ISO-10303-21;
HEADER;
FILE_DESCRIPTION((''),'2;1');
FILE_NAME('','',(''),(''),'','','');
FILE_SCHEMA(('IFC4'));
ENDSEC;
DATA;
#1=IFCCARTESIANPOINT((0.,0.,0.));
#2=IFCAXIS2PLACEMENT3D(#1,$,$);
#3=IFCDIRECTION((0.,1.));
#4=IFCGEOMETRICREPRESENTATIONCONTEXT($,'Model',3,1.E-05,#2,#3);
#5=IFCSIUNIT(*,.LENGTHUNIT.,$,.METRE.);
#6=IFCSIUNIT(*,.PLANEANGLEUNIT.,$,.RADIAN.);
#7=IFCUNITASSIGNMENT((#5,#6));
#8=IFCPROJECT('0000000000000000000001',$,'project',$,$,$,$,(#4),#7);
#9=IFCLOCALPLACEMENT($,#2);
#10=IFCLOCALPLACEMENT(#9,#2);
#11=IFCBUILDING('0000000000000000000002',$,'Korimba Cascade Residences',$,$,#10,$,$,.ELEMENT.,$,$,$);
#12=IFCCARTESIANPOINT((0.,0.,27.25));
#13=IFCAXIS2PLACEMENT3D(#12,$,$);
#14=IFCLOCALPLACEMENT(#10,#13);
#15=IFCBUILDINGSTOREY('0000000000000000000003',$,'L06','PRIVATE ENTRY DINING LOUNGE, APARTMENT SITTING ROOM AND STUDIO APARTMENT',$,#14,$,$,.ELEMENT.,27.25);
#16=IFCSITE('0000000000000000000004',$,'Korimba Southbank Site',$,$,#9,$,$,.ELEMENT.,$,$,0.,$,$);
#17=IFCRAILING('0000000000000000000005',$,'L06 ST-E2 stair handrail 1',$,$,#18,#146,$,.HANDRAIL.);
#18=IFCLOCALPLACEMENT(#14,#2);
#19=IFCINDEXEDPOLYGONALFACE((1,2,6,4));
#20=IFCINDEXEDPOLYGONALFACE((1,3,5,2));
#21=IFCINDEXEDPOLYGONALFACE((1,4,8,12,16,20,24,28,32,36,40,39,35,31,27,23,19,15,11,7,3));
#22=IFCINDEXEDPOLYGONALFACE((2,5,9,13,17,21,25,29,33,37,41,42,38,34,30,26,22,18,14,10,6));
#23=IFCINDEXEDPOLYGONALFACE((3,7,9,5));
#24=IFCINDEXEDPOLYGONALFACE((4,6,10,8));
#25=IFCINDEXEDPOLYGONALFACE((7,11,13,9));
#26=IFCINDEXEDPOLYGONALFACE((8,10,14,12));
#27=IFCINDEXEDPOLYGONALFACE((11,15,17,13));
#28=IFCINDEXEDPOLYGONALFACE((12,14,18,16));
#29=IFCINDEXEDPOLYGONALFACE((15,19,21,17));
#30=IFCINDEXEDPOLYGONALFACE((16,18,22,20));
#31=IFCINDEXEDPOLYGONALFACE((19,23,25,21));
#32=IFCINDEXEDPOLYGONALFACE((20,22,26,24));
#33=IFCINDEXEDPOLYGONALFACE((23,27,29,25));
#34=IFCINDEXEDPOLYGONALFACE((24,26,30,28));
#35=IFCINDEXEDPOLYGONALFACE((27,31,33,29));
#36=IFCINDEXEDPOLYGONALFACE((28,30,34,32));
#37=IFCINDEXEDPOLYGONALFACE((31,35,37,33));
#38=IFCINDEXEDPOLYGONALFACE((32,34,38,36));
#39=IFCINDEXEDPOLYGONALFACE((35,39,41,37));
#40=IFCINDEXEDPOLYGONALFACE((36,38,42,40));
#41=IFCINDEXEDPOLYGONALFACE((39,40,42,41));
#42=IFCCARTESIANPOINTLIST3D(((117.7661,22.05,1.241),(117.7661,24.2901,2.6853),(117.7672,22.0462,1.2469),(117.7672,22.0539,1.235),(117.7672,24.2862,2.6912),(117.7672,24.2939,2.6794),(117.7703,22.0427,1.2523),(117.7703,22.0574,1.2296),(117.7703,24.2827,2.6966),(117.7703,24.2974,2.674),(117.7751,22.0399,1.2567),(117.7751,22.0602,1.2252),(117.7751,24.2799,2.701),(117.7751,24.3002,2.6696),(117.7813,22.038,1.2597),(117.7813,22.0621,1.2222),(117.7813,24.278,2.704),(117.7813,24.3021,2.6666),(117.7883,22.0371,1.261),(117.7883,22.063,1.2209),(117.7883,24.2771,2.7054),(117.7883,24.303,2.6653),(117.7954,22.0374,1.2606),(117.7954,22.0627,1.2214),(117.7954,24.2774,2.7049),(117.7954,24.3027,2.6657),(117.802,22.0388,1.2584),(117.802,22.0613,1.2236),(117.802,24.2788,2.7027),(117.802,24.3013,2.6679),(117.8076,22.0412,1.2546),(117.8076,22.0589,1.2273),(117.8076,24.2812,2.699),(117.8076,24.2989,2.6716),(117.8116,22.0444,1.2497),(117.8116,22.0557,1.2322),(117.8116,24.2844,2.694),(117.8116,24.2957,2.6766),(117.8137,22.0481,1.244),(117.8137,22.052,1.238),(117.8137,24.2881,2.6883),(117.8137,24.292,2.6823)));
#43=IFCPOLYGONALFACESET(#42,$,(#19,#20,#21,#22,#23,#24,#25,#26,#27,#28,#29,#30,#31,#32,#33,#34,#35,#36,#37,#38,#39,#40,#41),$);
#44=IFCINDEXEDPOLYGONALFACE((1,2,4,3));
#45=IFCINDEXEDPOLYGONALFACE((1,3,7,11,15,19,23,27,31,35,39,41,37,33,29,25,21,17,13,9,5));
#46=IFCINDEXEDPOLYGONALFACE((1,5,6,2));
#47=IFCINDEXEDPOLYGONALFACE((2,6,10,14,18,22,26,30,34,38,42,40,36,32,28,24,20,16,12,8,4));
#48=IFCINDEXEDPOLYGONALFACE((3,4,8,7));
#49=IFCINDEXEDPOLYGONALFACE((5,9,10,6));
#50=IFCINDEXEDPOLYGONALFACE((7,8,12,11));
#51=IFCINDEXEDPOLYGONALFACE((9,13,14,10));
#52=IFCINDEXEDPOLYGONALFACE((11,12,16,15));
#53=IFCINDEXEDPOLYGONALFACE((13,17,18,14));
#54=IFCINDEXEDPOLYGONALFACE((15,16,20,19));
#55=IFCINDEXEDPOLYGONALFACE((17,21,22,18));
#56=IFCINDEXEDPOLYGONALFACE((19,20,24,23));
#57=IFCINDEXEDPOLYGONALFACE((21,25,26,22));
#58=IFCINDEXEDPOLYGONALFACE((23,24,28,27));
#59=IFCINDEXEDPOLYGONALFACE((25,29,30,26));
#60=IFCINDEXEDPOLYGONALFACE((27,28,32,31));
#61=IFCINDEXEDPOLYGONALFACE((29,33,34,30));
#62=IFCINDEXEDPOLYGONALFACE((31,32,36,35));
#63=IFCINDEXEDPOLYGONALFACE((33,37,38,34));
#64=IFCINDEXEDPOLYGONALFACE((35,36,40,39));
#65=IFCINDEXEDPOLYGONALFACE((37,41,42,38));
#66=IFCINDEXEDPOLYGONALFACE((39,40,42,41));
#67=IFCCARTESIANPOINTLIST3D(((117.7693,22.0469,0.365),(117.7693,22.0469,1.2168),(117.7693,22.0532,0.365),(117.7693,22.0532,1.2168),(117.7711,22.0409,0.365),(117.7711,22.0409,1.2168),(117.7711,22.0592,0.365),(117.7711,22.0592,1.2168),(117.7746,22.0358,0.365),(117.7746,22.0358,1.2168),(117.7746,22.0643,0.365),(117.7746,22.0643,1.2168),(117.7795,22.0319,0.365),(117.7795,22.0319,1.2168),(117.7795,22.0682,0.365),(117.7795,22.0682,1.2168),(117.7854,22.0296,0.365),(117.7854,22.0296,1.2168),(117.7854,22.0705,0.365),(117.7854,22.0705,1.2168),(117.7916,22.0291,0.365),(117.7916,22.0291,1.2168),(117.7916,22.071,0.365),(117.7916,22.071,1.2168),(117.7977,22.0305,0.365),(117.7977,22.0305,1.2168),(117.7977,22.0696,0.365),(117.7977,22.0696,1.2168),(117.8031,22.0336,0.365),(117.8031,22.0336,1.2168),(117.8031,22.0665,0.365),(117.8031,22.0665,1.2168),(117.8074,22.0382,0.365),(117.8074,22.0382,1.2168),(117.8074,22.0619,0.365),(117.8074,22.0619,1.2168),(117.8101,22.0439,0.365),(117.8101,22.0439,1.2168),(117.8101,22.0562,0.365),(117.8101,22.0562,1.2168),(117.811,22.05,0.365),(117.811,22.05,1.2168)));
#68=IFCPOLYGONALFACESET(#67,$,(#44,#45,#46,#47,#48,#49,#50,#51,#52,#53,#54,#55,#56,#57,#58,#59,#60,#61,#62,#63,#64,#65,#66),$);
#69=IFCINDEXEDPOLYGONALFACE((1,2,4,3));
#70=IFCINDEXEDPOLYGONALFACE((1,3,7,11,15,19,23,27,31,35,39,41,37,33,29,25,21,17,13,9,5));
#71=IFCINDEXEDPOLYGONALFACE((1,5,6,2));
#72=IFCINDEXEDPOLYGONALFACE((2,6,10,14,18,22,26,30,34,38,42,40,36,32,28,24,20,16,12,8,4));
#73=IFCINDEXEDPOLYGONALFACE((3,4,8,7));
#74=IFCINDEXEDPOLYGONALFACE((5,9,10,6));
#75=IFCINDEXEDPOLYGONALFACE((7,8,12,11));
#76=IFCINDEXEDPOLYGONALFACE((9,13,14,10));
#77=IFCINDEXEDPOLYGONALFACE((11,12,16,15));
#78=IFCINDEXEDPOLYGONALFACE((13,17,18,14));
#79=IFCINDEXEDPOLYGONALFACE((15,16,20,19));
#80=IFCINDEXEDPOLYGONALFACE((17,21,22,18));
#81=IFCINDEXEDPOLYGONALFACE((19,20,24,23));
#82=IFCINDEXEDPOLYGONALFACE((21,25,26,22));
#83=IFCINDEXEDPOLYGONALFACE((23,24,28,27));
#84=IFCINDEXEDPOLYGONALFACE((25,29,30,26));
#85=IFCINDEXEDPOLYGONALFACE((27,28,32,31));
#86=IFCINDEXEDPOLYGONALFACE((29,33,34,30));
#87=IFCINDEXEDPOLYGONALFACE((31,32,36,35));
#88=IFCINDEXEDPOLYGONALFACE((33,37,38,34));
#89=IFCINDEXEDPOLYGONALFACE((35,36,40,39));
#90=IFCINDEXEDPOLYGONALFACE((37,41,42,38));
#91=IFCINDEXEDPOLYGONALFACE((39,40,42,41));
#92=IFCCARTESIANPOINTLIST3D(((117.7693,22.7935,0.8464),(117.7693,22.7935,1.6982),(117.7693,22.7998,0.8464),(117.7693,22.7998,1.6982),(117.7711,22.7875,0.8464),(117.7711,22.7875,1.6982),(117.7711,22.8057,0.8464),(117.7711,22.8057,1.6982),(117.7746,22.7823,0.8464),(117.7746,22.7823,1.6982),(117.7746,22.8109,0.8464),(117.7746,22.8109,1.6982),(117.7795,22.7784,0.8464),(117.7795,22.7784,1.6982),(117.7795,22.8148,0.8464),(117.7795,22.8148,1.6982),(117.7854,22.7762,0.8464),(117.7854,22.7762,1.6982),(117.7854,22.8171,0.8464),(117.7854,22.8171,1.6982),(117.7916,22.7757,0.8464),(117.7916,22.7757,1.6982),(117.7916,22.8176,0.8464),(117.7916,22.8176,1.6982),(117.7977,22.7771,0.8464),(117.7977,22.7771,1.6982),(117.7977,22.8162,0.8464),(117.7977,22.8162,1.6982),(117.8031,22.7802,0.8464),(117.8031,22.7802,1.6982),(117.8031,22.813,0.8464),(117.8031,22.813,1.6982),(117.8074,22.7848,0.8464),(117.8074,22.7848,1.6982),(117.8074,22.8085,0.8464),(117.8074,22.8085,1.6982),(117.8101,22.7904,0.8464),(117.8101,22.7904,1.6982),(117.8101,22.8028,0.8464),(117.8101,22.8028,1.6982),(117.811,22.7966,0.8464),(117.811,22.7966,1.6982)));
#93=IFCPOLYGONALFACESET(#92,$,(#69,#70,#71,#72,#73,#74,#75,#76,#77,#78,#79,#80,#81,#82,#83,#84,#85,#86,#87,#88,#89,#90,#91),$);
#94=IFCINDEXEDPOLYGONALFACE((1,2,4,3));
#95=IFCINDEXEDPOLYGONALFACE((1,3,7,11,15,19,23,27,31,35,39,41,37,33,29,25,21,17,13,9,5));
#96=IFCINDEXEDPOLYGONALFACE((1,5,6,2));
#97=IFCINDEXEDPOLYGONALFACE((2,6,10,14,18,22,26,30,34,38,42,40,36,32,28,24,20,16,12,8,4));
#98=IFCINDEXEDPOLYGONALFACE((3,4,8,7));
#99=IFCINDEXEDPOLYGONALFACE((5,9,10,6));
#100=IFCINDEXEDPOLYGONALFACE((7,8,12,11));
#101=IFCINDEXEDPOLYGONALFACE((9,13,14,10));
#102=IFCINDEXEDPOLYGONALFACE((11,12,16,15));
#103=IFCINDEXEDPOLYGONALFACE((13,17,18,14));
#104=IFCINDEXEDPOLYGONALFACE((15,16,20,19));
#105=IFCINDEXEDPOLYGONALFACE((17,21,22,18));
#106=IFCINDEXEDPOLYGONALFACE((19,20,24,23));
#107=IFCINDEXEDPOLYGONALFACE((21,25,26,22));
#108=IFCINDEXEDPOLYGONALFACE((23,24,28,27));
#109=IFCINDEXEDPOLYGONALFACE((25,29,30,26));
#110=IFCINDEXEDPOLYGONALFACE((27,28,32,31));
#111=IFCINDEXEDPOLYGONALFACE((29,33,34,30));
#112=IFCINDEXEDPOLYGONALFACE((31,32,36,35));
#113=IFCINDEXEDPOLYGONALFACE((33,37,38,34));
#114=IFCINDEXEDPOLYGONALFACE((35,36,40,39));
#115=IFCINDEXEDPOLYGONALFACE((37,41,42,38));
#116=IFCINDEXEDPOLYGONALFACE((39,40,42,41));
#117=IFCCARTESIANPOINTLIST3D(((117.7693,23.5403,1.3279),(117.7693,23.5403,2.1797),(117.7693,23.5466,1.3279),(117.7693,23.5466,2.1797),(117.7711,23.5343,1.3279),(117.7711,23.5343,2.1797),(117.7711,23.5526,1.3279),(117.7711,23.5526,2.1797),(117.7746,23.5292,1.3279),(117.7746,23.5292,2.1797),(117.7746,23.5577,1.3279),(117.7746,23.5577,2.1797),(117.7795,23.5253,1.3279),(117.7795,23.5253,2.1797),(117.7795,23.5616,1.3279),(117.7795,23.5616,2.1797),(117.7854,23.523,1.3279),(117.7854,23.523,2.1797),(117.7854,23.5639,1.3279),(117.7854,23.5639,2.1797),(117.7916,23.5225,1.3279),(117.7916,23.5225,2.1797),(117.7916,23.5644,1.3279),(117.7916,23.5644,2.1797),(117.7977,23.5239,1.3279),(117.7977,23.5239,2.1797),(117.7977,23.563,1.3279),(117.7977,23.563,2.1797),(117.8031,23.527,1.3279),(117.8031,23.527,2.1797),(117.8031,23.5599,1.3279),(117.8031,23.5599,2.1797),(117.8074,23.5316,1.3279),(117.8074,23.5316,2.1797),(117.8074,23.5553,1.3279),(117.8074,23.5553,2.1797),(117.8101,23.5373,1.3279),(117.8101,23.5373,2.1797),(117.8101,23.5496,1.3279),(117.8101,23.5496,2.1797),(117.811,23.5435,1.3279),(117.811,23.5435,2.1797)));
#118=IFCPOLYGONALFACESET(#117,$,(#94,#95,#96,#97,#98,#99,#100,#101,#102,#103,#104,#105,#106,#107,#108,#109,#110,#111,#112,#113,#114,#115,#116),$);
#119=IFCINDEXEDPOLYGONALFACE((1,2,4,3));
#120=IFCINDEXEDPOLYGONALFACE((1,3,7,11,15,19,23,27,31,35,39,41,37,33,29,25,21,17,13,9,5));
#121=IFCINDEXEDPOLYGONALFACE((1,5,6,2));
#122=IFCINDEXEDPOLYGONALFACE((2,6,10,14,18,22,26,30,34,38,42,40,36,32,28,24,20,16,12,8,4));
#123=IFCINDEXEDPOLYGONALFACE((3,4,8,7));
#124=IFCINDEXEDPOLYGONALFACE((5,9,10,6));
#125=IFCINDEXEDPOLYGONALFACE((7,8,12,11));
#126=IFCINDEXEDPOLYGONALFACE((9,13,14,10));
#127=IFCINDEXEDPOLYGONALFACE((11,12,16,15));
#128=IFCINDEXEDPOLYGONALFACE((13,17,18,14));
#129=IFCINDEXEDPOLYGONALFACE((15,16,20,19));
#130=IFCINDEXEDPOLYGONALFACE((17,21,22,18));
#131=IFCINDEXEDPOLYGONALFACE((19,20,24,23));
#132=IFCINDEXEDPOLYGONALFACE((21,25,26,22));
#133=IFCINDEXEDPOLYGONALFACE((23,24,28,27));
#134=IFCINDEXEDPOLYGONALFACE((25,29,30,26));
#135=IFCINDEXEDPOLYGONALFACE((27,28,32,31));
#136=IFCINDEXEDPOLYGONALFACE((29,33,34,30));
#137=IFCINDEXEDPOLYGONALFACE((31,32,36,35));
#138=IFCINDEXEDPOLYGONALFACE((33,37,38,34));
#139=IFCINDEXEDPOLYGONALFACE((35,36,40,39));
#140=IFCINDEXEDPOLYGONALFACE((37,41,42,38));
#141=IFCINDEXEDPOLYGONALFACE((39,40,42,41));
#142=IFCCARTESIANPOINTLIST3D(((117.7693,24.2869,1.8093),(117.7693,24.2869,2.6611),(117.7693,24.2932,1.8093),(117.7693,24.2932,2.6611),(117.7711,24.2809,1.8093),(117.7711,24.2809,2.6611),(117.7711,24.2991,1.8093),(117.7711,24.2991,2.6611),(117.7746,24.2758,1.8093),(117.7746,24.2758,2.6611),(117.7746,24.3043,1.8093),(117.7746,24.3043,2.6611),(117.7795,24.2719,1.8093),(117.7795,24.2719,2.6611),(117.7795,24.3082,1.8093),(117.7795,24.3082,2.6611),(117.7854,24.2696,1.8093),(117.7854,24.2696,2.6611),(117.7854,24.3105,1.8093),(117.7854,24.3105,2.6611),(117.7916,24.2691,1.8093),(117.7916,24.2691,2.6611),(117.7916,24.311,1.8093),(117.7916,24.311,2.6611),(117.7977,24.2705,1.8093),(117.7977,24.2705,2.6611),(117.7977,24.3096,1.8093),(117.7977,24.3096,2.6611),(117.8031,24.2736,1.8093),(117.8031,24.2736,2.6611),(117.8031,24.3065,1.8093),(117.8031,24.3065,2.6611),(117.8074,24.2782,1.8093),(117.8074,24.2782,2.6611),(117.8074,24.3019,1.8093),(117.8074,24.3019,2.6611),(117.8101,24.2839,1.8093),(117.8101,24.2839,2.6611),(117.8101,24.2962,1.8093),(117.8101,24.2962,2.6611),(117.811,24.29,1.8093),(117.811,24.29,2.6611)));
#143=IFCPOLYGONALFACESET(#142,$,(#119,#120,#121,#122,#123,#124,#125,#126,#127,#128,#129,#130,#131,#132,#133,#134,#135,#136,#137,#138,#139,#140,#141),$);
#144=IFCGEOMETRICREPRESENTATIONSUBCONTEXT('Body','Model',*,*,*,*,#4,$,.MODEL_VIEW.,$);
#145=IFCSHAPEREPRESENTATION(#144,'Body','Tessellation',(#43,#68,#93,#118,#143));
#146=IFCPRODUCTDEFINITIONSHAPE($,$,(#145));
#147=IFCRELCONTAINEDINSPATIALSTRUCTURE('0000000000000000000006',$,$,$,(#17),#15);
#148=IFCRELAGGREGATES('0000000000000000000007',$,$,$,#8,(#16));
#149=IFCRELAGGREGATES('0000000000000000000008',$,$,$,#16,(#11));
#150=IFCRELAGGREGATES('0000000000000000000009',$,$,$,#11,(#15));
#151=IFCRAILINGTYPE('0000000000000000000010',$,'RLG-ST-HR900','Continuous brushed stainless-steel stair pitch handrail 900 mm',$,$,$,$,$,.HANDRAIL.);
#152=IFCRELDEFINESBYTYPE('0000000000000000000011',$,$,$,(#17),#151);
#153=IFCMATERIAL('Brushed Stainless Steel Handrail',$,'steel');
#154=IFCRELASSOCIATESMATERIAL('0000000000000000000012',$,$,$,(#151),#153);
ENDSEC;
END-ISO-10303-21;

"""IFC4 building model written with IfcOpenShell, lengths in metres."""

from ifc_helpers import new_model, si_unit, direction, frame, origin, origin_2d, place, context, subcontext, project, spatial, circle, extrude, material, type_object, element, save


model = new_model("IFC4")

# Units and contexts
model_context = context("Model", 3, precision=1e-05, world=origin(), true_north=direction((0.0, 1.0)))
body_context = subcontext(model_context, "Body", "Model", "MODEL_VIEW")
ifc_project = project(units=[si_unit("LENGTHUNIT", "METRE"), si_unit("PLANEANGLEUNIT", "RADIAN")], contexts=[model_context])

# Site, building, storey
site_placement = place(None, origin())
site = spatial("IfcSite", under=ifc_project, at=site_placement, Name="Korimba Southbank Site", CompositionType="ELEMENT", RefElevation=0.0)
building_placement = place(site_placement, origin())
building = spatial("IfcBuilding", under=site, at=building_placement, Name="Korimba Cascade Residences", CompositionType="ELEMENT")
storey_placement = place(building_placement, frame((0.0, 0.0, 27.25)))
storey = spatial("IfcBuildingStorey", under=building, at=storey_placement, Name="L06", Description="PRIVATE ENTRY DINING LOUNGE, APARTMENT SITTING ROOM AND STUDIO APARTMENT", CompositionType="ELEMENT", Elevation=27.25)

# Railing
ifc_material_1 = material(Name="Brushed Stainless Steel Handrail", Category="steel")
railing_type_1 = type_object("IfcRailingType", Name="RLG-ST-HR900", Description="Continuous brushed stainless-steel stair pitch handrail 900 mm", PredefinedType="HANDRAIL", material=ifc_material_1)
railing_1_placement = place(storey_placement, frame((117.79, 22.05, 0.365)))
element("IfcRailing", 1, at=railing_1_placement, inside=storey, type_object=railing_type_1, Name="L06 ST-E2 stair handrail 1", PredefinedType="HANDRAIL", context=body_context, shape_type="SweptSolid", body=[
    extrude(circle(Radius=0.0239, at=origin_2d()), frame((0.0, 0.0, 0.876), z_axis=(0.0, 0.840437, 0.54191), x_axis=(-1.0, 0.0, 0.0)), (0.0, 0.0, 1.0), 2.6653),
    extrude(circle(Radius=0.021, at=origin_2d()), origin(), (0.0, 0.0, 1.0), 0.8518),
    extrude(circle(Radius=0.021, at=origin_2d()), frame((0.0, 0.7466, 0.4814)), (0.0, 0.0, 1.0), 0.8518),
    extrude(circle(Radius=0.021, at=origin_2d()), frame((0.0, 1.4934, 0.9629)), (0.0, 0.0, 1.0), 0.8518),
    extrude(circle(Radius=0.021, at=origin_2d()), frame((0.0, 2.24, 1.4443)), (0.0, 0.0, 1.0), 0.8518),
])

save(model, "model.ifc")
